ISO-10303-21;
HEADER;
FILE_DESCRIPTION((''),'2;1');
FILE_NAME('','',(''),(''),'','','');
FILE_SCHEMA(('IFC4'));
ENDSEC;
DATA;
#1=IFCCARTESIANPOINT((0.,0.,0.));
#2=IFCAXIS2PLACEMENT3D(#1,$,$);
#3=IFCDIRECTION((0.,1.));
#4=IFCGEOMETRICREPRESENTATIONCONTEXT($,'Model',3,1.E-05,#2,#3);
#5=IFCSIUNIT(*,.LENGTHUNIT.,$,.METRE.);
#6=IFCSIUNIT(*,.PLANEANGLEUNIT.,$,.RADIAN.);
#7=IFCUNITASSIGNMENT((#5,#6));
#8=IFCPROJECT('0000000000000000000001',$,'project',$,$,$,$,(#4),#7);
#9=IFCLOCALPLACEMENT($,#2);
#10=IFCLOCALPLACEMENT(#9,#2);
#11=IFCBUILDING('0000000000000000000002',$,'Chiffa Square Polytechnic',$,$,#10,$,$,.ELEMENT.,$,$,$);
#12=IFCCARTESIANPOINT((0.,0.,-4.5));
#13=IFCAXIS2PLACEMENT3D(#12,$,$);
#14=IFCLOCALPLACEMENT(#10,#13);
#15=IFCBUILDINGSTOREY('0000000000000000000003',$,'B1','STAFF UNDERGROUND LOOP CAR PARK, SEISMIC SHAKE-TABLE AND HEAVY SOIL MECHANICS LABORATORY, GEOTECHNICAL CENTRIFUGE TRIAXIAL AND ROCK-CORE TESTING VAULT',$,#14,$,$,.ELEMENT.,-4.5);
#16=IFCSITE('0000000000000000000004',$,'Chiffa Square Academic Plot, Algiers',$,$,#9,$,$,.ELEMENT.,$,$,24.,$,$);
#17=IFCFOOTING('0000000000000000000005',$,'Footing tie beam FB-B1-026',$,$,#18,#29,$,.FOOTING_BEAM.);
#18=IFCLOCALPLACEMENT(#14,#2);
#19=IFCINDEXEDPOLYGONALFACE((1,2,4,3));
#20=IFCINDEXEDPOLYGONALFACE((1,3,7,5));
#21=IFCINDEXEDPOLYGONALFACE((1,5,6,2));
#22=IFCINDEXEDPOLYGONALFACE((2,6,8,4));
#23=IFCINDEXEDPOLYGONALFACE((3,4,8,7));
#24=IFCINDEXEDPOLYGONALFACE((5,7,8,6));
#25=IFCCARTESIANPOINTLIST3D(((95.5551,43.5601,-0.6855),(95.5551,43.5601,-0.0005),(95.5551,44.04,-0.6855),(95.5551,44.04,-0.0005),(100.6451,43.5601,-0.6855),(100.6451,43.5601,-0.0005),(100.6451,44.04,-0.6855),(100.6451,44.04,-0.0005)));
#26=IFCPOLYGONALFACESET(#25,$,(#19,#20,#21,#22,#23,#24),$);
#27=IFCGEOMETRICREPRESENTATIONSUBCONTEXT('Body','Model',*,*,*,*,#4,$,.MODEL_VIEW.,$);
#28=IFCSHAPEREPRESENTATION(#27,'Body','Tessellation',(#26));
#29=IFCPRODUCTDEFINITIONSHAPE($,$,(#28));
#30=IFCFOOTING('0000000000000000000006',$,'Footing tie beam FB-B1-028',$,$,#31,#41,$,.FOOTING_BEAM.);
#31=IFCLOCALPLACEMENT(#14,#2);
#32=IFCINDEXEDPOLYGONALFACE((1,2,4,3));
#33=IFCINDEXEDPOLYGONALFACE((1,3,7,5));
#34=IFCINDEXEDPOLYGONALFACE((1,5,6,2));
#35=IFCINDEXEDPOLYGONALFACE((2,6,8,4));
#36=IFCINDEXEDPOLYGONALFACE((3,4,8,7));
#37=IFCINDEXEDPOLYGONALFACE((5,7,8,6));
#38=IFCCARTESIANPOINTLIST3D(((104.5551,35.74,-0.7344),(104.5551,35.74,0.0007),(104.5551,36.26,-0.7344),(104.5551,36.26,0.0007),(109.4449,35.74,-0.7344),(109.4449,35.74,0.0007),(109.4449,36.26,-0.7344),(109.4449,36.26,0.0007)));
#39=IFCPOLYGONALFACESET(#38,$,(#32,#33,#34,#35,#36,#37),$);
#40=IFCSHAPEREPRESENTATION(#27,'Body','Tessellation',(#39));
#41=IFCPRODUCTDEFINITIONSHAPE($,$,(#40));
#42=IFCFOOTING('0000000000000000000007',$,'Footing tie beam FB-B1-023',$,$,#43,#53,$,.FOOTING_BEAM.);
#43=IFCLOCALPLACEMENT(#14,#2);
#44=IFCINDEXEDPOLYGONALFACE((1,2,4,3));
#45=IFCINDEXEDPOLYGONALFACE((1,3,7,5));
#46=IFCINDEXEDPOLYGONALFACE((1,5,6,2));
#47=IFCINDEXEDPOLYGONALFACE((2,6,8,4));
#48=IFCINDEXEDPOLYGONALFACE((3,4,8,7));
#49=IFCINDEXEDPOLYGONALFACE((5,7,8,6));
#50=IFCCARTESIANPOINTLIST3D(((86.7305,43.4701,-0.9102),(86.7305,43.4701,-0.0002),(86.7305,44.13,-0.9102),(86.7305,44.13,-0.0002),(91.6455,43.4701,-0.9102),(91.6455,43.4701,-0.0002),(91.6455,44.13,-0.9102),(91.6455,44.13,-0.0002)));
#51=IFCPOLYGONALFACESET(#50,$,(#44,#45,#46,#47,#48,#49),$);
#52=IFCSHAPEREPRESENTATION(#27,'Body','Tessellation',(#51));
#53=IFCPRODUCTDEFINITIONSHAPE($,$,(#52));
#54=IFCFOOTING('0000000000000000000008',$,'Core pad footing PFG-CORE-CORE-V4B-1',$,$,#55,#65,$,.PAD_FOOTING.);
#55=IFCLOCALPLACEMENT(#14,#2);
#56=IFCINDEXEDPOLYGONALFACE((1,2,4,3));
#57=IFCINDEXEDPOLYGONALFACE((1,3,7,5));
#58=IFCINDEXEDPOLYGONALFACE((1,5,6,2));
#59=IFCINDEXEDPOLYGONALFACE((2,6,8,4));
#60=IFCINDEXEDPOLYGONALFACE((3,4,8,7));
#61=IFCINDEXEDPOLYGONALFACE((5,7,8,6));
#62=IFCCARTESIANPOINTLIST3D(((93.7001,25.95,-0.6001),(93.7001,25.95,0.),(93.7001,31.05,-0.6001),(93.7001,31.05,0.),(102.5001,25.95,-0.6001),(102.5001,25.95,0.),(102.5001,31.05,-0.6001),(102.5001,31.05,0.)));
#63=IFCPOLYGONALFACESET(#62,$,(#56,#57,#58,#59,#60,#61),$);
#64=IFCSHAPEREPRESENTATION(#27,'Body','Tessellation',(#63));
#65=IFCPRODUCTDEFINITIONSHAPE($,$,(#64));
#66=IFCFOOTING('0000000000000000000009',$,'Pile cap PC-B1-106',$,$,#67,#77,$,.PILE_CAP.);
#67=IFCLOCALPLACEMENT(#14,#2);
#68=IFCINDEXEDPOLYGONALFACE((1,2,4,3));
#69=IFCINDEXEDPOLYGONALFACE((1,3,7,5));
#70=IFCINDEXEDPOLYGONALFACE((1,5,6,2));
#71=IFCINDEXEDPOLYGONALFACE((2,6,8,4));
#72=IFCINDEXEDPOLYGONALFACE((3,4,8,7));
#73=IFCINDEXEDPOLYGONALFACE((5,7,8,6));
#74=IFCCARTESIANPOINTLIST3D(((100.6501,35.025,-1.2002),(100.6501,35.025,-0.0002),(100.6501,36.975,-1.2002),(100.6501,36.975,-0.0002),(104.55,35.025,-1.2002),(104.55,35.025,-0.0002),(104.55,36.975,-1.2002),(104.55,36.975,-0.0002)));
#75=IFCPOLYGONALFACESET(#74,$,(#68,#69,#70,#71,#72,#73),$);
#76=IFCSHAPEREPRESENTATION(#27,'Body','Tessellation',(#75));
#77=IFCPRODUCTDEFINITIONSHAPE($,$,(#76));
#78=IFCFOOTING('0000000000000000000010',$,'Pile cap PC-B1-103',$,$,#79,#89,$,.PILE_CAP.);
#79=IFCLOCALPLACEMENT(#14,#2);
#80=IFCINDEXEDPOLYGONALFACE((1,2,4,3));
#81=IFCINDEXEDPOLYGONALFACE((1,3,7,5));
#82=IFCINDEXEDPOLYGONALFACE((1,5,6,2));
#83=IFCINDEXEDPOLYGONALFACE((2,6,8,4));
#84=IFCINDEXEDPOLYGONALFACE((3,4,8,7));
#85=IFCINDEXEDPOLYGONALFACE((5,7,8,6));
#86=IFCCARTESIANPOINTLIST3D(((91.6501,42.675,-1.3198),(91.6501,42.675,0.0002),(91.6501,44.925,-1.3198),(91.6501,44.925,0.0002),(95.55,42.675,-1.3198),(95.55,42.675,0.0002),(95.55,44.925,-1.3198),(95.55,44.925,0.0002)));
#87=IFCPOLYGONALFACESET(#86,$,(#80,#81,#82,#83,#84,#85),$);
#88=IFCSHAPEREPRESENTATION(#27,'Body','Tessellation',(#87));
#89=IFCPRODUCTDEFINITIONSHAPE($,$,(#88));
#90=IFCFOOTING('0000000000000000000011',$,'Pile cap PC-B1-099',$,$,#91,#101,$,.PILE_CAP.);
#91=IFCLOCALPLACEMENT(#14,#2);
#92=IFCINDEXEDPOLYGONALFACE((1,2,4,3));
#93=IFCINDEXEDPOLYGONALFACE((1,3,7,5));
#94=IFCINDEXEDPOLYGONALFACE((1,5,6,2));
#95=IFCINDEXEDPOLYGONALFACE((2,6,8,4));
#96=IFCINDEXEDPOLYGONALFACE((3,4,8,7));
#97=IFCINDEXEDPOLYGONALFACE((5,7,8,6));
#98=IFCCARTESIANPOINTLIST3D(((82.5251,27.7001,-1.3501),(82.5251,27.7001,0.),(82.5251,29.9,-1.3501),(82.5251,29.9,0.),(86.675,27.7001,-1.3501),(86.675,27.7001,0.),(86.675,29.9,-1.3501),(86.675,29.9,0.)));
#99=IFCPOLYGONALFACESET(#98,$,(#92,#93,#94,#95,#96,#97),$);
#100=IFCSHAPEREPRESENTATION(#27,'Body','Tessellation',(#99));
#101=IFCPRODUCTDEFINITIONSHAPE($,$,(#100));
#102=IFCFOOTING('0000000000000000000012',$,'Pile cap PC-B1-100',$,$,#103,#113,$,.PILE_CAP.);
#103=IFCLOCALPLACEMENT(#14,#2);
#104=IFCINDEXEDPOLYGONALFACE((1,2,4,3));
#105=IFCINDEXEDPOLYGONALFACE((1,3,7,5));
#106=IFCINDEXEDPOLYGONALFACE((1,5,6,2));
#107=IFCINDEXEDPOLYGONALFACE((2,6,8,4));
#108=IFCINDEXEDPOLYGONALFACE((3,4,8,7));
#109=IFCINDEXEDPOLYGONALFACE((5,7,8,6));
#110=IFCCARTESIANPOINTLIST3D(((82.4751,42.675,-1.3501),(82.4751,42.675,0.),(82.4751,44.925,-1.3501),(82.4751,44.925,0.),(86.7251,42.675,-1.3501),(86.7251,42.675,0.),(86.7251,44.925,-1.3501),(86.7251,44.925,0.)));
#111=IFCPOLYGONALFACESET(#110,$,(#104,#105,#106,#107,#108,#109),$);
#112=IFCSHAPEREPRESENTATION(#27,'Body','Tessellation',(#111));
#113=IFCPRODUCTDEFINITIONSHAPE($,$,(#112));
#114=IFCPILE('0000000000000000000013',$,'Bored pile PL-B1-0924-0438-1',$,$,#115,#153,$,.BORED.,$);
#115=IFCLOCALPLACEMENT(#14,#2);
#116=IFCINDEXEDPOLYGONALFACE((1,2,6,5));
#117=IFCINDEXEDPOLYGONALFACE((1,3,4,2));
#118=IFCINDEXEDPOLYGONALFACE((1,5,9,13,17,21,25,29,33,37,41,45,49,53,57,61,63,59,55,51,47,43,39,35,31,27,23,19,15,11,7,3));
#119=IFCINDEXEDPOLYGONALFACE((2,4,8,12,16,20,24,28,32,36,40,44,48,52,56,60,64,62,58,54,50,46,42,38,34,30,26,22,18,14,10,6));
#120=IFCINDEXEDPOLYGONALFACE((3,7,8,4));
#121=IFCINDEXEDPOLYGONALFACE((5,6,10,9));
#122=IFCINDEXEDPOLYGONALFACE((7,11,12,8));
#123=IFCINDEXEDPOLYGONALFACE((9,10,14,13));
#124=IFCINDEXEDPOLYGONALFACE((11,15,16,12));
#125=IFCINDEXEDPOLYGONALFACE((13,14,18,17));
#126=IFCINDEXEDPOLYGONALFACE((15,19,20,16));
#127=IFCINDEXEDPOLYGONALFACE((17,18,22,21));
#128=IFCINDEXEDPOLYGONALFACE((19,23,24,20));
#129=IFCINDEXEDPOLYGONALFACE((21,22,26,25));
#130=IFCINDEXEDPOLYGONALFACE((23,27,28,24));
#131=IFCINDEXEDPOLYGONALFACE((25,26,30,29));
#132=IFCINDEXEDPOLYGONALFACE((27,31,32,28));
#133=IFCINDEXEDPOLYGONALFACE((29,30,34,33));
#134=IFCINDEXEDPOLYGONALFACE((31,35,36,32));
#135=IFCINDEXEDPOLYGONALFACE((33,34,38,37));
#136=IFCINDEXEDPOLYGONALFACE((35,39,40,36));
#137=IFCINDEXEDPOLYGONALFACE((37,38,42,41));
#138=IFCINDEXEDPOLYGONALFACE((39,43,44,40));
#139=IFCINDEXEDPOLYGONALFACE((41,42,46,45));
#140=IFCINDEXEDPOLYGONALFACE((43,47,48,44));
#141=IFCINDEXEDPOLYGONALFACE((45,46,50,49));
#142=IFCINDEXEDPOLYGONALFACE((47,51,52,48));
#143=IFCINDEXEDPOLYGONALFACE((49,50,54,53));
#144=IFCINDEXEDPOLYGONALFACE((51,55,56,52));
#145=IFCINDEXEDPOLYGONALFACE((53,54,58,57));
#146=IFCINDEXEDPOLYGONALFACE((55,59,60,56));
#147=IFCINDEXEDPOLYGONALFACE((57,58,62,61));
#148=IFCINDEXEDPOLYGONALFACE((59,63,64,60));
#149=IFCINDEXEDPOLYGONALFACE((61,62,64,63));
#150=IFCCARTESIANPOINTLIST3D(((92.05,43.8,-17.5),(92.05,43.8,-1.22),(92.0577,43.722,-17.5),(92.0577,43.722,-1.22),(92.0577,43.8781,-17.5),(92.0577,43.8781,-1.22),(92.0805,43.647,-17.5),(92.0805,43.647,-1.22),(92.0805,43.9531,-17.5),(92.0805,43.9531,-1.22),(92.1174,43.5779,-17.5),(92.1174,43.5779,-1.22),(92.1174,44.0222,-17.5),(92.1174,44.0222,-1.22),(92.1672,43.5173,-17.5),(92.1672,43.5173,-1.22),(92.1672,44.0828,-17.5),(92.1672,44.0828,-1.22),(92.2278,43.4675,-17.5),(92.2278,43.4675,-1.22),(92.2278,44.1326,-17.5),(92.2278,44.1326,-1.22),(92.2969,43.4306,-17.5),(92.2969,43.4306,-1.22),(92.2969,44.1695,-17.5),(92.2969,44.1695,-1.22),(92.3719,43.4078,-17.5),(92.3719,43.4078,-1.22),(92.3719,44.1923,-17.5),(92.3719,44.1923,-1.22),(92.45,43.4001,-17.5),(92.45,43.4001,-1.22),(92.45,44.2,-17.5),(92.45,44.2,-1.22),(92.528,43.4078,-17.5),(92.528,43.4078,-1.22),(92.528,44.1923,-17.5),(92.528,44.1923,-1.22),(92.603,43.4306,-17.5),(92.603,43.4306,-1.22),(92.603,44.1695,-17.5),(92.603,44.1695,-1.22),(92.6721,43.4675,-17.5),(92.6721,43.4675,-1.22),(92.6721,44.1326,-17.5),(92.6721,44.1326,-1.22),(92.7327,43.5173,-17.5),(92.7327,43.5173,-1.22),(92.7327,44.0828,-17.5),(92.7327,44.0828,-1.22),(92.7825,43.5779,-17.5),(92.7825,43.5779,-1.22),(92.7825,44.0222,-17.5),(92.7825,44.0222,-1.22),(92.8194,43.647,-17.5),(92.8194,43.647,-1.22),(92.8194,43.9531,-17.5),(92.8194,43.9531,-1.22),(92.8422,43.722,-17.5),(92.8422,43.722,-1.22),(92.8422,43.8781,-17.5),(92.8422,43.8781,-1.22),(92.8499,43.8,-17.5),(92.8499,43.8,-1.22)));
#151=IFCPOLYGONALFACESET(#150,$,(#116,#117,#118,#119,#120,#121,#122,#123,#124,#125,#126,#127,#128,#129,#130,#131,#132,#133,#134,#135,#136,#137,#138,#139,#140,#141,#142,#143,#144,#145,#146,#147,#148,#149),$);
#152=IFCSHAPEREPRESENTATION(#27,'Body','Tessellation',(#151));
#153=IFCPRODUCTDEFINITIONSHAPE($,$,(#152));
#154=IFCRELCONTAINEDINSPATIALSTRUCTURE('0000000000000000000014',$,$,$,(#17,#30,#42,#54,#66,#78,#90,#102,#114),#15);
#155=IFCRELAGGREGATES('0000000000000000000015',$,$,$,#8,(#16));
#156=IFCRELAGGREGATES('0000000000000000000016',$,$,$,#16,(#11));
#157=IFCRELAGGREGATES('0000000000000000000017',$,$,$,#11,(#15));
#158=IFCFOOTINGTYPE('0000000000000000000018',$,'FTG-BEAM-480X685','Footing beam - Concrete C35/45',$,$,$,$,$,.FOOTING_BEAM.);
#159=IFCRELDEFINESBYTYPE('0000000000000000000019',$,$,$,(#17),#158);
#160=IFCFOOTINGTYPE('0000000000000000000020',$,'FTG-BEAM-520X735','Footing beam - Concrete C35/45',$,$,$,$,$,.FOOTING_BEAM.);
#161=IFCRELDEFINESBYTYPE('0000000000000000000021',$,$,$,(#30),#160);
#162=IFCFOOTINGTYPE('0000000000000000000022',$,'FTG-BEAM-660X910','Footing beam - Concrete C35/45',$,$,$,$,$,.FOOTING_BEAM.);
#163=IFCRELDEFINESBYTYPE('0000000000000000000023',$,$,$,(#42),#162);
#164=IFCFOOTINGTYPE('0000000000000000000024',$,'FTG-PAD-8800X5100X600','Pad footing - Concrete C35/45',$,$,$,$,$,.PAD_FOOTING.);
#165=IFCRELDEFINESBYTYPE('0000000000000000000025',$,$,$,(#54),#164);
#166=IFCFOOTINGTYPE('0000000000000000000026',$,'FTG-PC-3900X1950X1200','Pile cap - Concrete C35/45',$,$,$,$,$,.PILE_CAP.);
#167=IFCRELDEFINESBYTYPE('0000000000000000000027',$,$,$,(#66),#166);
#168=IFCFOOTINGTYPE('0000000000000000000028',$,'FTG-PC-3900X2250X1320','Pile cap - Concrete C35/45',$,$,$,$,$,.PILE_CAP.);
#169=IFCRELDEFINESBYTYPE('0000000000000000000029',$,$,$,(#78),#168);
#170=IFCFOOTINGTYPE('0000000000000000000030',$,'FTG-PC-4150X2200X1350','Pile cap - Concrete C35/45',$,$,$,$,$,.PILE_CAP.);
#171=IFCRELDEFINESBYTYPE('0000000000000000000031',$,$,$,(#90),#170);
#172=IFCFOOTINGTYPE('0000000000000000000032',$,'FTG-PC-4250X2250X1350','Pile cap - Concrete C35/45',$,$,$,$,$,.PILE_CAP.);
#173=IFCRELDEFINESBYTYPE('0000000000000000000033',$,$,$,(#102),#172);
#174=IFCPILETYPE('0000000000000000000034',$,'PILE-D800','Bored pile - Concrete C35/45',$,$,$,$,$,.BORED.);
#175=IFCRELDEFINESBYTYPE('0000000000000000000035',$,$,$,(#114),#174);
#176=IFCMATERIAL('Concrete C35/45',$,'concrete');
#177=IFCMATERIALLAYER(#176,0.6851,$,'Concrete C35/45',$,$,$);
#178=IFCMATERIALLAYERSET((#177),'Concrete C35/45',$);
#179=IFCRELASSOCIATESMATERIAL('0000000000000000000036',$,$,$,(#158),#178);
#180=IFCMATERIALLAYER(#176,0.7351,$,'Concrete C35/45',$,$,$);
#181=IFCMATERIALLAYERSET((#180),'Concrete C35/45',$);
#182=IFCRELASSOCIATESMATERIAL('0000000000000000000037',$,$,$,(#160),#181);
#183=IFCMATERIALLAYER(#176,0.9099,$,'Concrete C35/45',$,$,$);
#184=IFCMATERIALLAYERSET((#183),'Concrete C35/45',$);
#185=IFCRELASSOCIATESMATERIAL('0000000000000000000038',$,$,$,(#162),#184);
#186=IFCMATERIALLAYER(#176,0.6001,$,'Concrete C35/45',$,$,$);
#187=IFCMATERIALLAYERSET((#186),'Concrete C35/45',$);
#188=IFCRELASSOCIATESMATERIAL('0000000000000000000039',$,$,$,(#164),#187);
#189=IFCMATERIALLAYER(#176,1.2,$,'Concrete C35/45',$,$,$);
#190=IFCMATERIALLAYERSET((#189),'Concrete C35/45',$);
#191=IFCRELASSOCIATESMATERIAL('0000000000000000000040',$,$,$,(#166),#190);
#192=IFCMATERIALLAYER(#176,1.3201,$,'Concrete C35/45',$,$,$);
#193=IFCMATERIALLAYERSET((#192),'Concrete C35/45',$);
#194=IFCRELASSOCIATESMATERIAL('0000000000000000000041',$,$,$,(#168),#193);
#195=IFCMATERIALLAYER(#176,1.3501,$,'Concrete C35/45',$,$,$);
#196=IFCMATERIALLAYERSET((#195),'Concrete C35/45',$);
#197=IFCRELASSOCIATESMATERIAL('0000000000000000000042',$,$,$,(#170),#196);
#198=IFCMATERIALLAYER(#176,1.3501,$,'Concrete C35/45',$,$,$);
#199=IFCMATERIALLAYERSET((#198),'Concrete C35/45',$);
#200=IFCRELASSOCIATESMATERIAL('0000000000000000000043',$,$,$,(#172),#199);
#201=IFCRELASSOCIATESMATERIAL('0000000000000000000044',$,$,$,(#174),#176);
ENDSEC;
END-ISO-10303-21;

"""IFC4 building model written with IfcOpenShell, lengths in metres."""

from ifc_helpers import new_model, si_unit, direction, frame, origin, origin_2d, place, context, subcontext, project, spatial, rectangle, circle, extrude, material, layer, layer_set, material_profile, profile_set, type_object, element, save


model = new_model("IFC4")

# Units and contexts
model_context = context("Model", 3, precision=1e-05, world=origin(), true_north=direction((0.0, 1.0)))
body_context = subcontext(model_context, "Body", "Model", "MODEL_VIEW")
ifc_project = project(units=[si_unit("LENGTHUNIT", "METRE"), si_unit("PLANEANGLEUNIT", "RADIAN")], contexts=[model_context])

# Site, building, storey
site_placement = place(None, origin())
site = spatial("IfcSite", under=ifc_project, at=site_placement, Name="Chiffa Square Academic Plot, Algiers", CompositionType="ELEMENT", RefElevation=24.0)
building_placement = place(site_placement, origin())
building = spatial("IfcBuilding", under=site, at=building_placement, Name="Chiffa Square Polytechnic", CompositionType="ELEMENT")
storey_placement = place(building_placement, frame((0.0, 0.0, -4.5)))
storey = spatial("IfcBuildingStorey", under=building, at=storey_placement, Name="B1", Description="STAFF UNDERGROUND LOOP CAR PARK, SEISMIC SHAKE-TABLE AND HEAVY SOIL MECHANICS LABORATORY, GEOTECHNICAL CENTRIFUGE TRIAXIAL AND ROCK-CORE TESTING VAULT", CompositionType="ELEMENT", Elevation=-4.5)

# Footings
ifc_material_1 = material(Name="Concrete C35/45", Category="concrete")
ifc_layer_1 = layer(ifc_material_1, 0.6851, Name="Concrete C35/45")
ifc_layer_set_1 = layer_set([ifc_layer_1], Name="Concrete C35/45")
footing_type_1 = type_object("IfcFootingType", Name="FTG-BEAM-480X685", Description="Footing beam - Concrete C35/45", PredefinedType="FOOTING_BEAM", material=ifc_layer_set_1)
footing_1_placement = place(storey_placement, frame((98.1001, 43.8, -0.6855), z_axis=(0.0, 0.0, 1.0), x_axis=(1.0, 0.0, 0.0)))
element("IfcFooting", 1, at=footing_1_placement, inside=storey, type_object=footing_type_1, Name="Footing tie beam FB-B1-026", PredefinedType="FOOTING_BEAM", context=body_context, shape_type="SweptSolid", body=[
    extrude(rectangle(XDim=5.0901, YDim=0.48, at=origin_2d()), origin(), (0.0, 0.0, 1.0), 0.6851),
])
ifc_layer_2 = layer(ifc_material_1, 0.7351, Name="Concrete C35/45")
ifc_layer_set_2 = layer_set([ifc_layer_2], Name="Concrete C35/45")
footing_type_2 = type_object("IfcFootingType", Name="FTG-BEAM-520X735", Description="Footing beam - Concrete C35/45", PredefinedType="FOOTING_BEAM", material=ifc_layer_set_2)
footing_2_placement = place(storey_placement, frame((107.0, 36.0, -0.7344), z_axis=(0.0, 0.0, 1.0), x_axis=(1.0, 0.0, 0.0)))
element("IfcFooting", 2, at=footing_2_placement, inside=storey, type_object=footing_type_2, Name="Footing tie beam FB-B1-028", PredefinedType="FOOTING_BEAM", context=body_context, shape_type="SweptSolid", body=[
    extrude(rectangle(XDim=4.8899, YDim=0.52, at=origin_2d()), origin(), (0.0, 0.0, 1.0), 0.7351),
])
ifc_layer_3 = layer(ifc_material_1, 0.9099, Name="Concrete C35/45")
ifc_layer_set_3 = layer_set([ifc_layer_3], Name="Concrete C35/45")
footing_type_3 = type_object("IfcFootingType", Name="FTG-BEAM-660X910", Description="Footing beam - Concrete C35/45", PredefinedType="FOOTING_BEAM", material=ifc_layer_set_3)
footing_3_placement = place(storey_placement, frame((89.188, 43.8, -0.9102), z_axis=(0.0, 0.0, 1.0), x_axis=(1.0, 0.0, 0.0)))
element("IfcFooting", 3, at=footing_3_placement, inside=storey, type_object=footing_type_3, Name="Footing tie beam FB-B1-023", PredefinedType="FOOTING_BEAM", context=body_context, shape_type="SweptSolid", body=[
    extrude(rectangle(XDim=4.915, YDim=0.6599, at=origin_2d()), origin(), (0.0, 0.0, 1.0), 0.9099),
])
ifc_layer_4 = layer(ifc_material_1, 0.6001, Name="Concrete C35/45")
ifc_layer_set_4 = layer_set([ifc_layer_4], Name="Concrete C35/45")
footing_type_4 = type_object("IfcFootingType", Name="FTG-PAD-8800X5100X600", Description="Pad footing - Concrete C35/45", PredefinedType="PAD_FOOTING", material=ifc_layer_set_4)
footing_4_placement = place(storey_placement, frame((98.1001, 28.5, -0.6001), z_axis=(0.0, 0.0, 1.0), x_axis=(1.0, 0.0, 0.0)))
element("IfcFooting", 4, at=footing_4_placement, inside=storey, type_object=footing_type_4, Name="Core pad footing PFG-CORE-CORE-V4B-1", PredefinedType="PAD_FOOTING", context=body_context, shape_type="SweptSolid", body=[
    extrude(rectangle(XDim=8.8, YDim=5.1001, at=origin_2d()), origin(), (0.0, 0.0, 1.0), 0.6001),
])
ifc_layer_5 = layer(ifc_material_1, 1.2, Name="Concrete C35/45")
ifc_layer_set_5 = layer_set([ifc_layer_5], Name="Concrete C35/45")
footing_type_5 = type_object("IfcFootingType", Name="FTG-PC-3900X1950X1200", Description="Pile cap - Concrete C35/45", PredefinedType="PILE_CAP", material=ifc_layer_set_5)
footing_5_placement = place(storey_placement, frame((102.6001, 36.0, -1.2002), z_axis=(0.0, 0.0, 1.0), x_axis=(1.0, 0.0, 0.0)))
element("IfcFooting", 5, at=footing_5_placement, inside=storey, type_object=footing_type_5, Name="Pile cap PC-B1-106", PredefinedType="PILE_CAP", context=body_context, shape_type="SweptSolid", body=[
    extrude(rectangle(XDim=3.8999, YDim=1.95, at=origin_2d()), origin(), (0.0, 0.0, 1.0), 1.2),
])
ifc_layer_6 = layer(ifc_material_1, 1.3201, Name="Concrete C35/45")
ifc_layer_set_6 = layer_set([ifc_layer_6], Name="Concrete C35/45")
footing_type_6 = type_object("IfcFootingType", Name="FTG-PC-3900X2250X1320", Description="Pile cap - Concrete C35/45", PredefinedType="PILE_CAP", material=ifc_layer_set_6)
footing_6_placement = place(storey_placement, frame((93.6001, 43.8, -1.3198), z_axis=(0.0, 0.0, 1.0), x_axis=(1.0, 0.0, 0.0)))
element("IfcFooting", 6, at=footing_6_placement, inside=storey, type_object=footing_type_6, Name="Pile cap PC-B1-103", PredefinedType="PILE_CAP", context=body_context, shape_type="SweptSolid", body=[
    extrude(rectangle(XDim=3.8999, YDim=2.25, at=origin_2d()), origin(), (0.0, 0.0, 1.0), 1.3201),
])
ifc_layer_7 = layer(ifc_material_1, 1.3501, Name="Concrete C35/45")
ifc_layer_set_7 = layer_set([ifc_layer_7], Name="Concrete C35/45")
footing_type_7 = type_object("IfcFootingType", Name="FTG-PC-4150X2200X1350", Description="Pile cap - Concrete C35/45", PredefinedType="PILE_CAP", material=ifc_layer_set_7)
footing_7_placement = place(storey_placement, frame((84.6001, 28.8, -1.3501), z_axis=(0.0, 0.0, 1.0), x_axis=(1.0, 0.0, 0.0)))
element("IfcFooting", 7, at=footing_7_placement, inside=storey, type_object=footing_type_7, Name="Pile cap PC-B1-099", PredefinedType="PILE_CAP", context=body_context, shape_type="SweptSolid", body=[
    extrude(rectangle(XDim=4.1499, YDim=2.2, at=origin_2d()), origin(), (0.0, 0.0, 1.0), 1.3501),
])
ifc_layer_8 = layer(ifc_material_1, 1.3501, Name="Concrete C35/45")
ifc_layer_set_8 = layer_set([ifc_layer_8], Name="Concrete C35/45")
footing_type_8 = type_object("IfcFootingType", Name="FTG-PC-4250X2250X1350", Description="Pile cap - Concrete C35/45", PredefinedType="PILE_CAP", material=ifc_layer_set_8)
footing_8_placement = place(storey_placement, frame((84.6001, 43.8, -1.3501), z_axis=(0.0, 0.0, 1.0), x_axis=(1.0, 0.0, 0.0)))
element("IfcFooting", 8, at=footing_8_placement, inside=storey, type_object=footing_type_8, Name="Pile cap PC-B1-100", PredefinedType="PILE_CAP", context=body_context, shape_type="SweptSolid", body=[
    extrude(rectangle(XDim=4.25, YDim=2.25, at=origin_2d()), origin(), (0.0, 0.0, 1.0), 1.3501),
])

# Pile
ifc_material_profile_1 = material_profile(ifc_material_1, circle(Radius=0.3999, at=origin_2d()), Name="PILE D800")
ifc_profile_set_1 = profile_set([ifc_material_profile_1], Name="Concrete C35/45")
pile_type_1 = type_object("IfcPileType", Name="PILE-D800", Description="Bored pile - Concrete C35/45", PredefinedType="BORED", material=ifc_profile_set_1)
for number, where, z_axis, x_axis, name in (
    (9, (92.45, 43.8, -1.22), (0.0, 0.0, -1.0), (1.0, 0.0, 0.0), "Bored pile PL-B1-0924-0438-1"),
):
    element("IfcPile", number, at=place(storey_placement, frame(where, z_axis=z_axis, x_axis=x_axis)), inside=storey, type_object=pile_type_1, Name=name, PredefinedType="BORED", context=body_context, shape_type="SweptSolid", body=[
        extrude(circle(Radius=0.3999, at=origin_2d()), origin(), (0.0, 0.0, 1.0), 16.28),
    ])

save(model, "model.ifc")
